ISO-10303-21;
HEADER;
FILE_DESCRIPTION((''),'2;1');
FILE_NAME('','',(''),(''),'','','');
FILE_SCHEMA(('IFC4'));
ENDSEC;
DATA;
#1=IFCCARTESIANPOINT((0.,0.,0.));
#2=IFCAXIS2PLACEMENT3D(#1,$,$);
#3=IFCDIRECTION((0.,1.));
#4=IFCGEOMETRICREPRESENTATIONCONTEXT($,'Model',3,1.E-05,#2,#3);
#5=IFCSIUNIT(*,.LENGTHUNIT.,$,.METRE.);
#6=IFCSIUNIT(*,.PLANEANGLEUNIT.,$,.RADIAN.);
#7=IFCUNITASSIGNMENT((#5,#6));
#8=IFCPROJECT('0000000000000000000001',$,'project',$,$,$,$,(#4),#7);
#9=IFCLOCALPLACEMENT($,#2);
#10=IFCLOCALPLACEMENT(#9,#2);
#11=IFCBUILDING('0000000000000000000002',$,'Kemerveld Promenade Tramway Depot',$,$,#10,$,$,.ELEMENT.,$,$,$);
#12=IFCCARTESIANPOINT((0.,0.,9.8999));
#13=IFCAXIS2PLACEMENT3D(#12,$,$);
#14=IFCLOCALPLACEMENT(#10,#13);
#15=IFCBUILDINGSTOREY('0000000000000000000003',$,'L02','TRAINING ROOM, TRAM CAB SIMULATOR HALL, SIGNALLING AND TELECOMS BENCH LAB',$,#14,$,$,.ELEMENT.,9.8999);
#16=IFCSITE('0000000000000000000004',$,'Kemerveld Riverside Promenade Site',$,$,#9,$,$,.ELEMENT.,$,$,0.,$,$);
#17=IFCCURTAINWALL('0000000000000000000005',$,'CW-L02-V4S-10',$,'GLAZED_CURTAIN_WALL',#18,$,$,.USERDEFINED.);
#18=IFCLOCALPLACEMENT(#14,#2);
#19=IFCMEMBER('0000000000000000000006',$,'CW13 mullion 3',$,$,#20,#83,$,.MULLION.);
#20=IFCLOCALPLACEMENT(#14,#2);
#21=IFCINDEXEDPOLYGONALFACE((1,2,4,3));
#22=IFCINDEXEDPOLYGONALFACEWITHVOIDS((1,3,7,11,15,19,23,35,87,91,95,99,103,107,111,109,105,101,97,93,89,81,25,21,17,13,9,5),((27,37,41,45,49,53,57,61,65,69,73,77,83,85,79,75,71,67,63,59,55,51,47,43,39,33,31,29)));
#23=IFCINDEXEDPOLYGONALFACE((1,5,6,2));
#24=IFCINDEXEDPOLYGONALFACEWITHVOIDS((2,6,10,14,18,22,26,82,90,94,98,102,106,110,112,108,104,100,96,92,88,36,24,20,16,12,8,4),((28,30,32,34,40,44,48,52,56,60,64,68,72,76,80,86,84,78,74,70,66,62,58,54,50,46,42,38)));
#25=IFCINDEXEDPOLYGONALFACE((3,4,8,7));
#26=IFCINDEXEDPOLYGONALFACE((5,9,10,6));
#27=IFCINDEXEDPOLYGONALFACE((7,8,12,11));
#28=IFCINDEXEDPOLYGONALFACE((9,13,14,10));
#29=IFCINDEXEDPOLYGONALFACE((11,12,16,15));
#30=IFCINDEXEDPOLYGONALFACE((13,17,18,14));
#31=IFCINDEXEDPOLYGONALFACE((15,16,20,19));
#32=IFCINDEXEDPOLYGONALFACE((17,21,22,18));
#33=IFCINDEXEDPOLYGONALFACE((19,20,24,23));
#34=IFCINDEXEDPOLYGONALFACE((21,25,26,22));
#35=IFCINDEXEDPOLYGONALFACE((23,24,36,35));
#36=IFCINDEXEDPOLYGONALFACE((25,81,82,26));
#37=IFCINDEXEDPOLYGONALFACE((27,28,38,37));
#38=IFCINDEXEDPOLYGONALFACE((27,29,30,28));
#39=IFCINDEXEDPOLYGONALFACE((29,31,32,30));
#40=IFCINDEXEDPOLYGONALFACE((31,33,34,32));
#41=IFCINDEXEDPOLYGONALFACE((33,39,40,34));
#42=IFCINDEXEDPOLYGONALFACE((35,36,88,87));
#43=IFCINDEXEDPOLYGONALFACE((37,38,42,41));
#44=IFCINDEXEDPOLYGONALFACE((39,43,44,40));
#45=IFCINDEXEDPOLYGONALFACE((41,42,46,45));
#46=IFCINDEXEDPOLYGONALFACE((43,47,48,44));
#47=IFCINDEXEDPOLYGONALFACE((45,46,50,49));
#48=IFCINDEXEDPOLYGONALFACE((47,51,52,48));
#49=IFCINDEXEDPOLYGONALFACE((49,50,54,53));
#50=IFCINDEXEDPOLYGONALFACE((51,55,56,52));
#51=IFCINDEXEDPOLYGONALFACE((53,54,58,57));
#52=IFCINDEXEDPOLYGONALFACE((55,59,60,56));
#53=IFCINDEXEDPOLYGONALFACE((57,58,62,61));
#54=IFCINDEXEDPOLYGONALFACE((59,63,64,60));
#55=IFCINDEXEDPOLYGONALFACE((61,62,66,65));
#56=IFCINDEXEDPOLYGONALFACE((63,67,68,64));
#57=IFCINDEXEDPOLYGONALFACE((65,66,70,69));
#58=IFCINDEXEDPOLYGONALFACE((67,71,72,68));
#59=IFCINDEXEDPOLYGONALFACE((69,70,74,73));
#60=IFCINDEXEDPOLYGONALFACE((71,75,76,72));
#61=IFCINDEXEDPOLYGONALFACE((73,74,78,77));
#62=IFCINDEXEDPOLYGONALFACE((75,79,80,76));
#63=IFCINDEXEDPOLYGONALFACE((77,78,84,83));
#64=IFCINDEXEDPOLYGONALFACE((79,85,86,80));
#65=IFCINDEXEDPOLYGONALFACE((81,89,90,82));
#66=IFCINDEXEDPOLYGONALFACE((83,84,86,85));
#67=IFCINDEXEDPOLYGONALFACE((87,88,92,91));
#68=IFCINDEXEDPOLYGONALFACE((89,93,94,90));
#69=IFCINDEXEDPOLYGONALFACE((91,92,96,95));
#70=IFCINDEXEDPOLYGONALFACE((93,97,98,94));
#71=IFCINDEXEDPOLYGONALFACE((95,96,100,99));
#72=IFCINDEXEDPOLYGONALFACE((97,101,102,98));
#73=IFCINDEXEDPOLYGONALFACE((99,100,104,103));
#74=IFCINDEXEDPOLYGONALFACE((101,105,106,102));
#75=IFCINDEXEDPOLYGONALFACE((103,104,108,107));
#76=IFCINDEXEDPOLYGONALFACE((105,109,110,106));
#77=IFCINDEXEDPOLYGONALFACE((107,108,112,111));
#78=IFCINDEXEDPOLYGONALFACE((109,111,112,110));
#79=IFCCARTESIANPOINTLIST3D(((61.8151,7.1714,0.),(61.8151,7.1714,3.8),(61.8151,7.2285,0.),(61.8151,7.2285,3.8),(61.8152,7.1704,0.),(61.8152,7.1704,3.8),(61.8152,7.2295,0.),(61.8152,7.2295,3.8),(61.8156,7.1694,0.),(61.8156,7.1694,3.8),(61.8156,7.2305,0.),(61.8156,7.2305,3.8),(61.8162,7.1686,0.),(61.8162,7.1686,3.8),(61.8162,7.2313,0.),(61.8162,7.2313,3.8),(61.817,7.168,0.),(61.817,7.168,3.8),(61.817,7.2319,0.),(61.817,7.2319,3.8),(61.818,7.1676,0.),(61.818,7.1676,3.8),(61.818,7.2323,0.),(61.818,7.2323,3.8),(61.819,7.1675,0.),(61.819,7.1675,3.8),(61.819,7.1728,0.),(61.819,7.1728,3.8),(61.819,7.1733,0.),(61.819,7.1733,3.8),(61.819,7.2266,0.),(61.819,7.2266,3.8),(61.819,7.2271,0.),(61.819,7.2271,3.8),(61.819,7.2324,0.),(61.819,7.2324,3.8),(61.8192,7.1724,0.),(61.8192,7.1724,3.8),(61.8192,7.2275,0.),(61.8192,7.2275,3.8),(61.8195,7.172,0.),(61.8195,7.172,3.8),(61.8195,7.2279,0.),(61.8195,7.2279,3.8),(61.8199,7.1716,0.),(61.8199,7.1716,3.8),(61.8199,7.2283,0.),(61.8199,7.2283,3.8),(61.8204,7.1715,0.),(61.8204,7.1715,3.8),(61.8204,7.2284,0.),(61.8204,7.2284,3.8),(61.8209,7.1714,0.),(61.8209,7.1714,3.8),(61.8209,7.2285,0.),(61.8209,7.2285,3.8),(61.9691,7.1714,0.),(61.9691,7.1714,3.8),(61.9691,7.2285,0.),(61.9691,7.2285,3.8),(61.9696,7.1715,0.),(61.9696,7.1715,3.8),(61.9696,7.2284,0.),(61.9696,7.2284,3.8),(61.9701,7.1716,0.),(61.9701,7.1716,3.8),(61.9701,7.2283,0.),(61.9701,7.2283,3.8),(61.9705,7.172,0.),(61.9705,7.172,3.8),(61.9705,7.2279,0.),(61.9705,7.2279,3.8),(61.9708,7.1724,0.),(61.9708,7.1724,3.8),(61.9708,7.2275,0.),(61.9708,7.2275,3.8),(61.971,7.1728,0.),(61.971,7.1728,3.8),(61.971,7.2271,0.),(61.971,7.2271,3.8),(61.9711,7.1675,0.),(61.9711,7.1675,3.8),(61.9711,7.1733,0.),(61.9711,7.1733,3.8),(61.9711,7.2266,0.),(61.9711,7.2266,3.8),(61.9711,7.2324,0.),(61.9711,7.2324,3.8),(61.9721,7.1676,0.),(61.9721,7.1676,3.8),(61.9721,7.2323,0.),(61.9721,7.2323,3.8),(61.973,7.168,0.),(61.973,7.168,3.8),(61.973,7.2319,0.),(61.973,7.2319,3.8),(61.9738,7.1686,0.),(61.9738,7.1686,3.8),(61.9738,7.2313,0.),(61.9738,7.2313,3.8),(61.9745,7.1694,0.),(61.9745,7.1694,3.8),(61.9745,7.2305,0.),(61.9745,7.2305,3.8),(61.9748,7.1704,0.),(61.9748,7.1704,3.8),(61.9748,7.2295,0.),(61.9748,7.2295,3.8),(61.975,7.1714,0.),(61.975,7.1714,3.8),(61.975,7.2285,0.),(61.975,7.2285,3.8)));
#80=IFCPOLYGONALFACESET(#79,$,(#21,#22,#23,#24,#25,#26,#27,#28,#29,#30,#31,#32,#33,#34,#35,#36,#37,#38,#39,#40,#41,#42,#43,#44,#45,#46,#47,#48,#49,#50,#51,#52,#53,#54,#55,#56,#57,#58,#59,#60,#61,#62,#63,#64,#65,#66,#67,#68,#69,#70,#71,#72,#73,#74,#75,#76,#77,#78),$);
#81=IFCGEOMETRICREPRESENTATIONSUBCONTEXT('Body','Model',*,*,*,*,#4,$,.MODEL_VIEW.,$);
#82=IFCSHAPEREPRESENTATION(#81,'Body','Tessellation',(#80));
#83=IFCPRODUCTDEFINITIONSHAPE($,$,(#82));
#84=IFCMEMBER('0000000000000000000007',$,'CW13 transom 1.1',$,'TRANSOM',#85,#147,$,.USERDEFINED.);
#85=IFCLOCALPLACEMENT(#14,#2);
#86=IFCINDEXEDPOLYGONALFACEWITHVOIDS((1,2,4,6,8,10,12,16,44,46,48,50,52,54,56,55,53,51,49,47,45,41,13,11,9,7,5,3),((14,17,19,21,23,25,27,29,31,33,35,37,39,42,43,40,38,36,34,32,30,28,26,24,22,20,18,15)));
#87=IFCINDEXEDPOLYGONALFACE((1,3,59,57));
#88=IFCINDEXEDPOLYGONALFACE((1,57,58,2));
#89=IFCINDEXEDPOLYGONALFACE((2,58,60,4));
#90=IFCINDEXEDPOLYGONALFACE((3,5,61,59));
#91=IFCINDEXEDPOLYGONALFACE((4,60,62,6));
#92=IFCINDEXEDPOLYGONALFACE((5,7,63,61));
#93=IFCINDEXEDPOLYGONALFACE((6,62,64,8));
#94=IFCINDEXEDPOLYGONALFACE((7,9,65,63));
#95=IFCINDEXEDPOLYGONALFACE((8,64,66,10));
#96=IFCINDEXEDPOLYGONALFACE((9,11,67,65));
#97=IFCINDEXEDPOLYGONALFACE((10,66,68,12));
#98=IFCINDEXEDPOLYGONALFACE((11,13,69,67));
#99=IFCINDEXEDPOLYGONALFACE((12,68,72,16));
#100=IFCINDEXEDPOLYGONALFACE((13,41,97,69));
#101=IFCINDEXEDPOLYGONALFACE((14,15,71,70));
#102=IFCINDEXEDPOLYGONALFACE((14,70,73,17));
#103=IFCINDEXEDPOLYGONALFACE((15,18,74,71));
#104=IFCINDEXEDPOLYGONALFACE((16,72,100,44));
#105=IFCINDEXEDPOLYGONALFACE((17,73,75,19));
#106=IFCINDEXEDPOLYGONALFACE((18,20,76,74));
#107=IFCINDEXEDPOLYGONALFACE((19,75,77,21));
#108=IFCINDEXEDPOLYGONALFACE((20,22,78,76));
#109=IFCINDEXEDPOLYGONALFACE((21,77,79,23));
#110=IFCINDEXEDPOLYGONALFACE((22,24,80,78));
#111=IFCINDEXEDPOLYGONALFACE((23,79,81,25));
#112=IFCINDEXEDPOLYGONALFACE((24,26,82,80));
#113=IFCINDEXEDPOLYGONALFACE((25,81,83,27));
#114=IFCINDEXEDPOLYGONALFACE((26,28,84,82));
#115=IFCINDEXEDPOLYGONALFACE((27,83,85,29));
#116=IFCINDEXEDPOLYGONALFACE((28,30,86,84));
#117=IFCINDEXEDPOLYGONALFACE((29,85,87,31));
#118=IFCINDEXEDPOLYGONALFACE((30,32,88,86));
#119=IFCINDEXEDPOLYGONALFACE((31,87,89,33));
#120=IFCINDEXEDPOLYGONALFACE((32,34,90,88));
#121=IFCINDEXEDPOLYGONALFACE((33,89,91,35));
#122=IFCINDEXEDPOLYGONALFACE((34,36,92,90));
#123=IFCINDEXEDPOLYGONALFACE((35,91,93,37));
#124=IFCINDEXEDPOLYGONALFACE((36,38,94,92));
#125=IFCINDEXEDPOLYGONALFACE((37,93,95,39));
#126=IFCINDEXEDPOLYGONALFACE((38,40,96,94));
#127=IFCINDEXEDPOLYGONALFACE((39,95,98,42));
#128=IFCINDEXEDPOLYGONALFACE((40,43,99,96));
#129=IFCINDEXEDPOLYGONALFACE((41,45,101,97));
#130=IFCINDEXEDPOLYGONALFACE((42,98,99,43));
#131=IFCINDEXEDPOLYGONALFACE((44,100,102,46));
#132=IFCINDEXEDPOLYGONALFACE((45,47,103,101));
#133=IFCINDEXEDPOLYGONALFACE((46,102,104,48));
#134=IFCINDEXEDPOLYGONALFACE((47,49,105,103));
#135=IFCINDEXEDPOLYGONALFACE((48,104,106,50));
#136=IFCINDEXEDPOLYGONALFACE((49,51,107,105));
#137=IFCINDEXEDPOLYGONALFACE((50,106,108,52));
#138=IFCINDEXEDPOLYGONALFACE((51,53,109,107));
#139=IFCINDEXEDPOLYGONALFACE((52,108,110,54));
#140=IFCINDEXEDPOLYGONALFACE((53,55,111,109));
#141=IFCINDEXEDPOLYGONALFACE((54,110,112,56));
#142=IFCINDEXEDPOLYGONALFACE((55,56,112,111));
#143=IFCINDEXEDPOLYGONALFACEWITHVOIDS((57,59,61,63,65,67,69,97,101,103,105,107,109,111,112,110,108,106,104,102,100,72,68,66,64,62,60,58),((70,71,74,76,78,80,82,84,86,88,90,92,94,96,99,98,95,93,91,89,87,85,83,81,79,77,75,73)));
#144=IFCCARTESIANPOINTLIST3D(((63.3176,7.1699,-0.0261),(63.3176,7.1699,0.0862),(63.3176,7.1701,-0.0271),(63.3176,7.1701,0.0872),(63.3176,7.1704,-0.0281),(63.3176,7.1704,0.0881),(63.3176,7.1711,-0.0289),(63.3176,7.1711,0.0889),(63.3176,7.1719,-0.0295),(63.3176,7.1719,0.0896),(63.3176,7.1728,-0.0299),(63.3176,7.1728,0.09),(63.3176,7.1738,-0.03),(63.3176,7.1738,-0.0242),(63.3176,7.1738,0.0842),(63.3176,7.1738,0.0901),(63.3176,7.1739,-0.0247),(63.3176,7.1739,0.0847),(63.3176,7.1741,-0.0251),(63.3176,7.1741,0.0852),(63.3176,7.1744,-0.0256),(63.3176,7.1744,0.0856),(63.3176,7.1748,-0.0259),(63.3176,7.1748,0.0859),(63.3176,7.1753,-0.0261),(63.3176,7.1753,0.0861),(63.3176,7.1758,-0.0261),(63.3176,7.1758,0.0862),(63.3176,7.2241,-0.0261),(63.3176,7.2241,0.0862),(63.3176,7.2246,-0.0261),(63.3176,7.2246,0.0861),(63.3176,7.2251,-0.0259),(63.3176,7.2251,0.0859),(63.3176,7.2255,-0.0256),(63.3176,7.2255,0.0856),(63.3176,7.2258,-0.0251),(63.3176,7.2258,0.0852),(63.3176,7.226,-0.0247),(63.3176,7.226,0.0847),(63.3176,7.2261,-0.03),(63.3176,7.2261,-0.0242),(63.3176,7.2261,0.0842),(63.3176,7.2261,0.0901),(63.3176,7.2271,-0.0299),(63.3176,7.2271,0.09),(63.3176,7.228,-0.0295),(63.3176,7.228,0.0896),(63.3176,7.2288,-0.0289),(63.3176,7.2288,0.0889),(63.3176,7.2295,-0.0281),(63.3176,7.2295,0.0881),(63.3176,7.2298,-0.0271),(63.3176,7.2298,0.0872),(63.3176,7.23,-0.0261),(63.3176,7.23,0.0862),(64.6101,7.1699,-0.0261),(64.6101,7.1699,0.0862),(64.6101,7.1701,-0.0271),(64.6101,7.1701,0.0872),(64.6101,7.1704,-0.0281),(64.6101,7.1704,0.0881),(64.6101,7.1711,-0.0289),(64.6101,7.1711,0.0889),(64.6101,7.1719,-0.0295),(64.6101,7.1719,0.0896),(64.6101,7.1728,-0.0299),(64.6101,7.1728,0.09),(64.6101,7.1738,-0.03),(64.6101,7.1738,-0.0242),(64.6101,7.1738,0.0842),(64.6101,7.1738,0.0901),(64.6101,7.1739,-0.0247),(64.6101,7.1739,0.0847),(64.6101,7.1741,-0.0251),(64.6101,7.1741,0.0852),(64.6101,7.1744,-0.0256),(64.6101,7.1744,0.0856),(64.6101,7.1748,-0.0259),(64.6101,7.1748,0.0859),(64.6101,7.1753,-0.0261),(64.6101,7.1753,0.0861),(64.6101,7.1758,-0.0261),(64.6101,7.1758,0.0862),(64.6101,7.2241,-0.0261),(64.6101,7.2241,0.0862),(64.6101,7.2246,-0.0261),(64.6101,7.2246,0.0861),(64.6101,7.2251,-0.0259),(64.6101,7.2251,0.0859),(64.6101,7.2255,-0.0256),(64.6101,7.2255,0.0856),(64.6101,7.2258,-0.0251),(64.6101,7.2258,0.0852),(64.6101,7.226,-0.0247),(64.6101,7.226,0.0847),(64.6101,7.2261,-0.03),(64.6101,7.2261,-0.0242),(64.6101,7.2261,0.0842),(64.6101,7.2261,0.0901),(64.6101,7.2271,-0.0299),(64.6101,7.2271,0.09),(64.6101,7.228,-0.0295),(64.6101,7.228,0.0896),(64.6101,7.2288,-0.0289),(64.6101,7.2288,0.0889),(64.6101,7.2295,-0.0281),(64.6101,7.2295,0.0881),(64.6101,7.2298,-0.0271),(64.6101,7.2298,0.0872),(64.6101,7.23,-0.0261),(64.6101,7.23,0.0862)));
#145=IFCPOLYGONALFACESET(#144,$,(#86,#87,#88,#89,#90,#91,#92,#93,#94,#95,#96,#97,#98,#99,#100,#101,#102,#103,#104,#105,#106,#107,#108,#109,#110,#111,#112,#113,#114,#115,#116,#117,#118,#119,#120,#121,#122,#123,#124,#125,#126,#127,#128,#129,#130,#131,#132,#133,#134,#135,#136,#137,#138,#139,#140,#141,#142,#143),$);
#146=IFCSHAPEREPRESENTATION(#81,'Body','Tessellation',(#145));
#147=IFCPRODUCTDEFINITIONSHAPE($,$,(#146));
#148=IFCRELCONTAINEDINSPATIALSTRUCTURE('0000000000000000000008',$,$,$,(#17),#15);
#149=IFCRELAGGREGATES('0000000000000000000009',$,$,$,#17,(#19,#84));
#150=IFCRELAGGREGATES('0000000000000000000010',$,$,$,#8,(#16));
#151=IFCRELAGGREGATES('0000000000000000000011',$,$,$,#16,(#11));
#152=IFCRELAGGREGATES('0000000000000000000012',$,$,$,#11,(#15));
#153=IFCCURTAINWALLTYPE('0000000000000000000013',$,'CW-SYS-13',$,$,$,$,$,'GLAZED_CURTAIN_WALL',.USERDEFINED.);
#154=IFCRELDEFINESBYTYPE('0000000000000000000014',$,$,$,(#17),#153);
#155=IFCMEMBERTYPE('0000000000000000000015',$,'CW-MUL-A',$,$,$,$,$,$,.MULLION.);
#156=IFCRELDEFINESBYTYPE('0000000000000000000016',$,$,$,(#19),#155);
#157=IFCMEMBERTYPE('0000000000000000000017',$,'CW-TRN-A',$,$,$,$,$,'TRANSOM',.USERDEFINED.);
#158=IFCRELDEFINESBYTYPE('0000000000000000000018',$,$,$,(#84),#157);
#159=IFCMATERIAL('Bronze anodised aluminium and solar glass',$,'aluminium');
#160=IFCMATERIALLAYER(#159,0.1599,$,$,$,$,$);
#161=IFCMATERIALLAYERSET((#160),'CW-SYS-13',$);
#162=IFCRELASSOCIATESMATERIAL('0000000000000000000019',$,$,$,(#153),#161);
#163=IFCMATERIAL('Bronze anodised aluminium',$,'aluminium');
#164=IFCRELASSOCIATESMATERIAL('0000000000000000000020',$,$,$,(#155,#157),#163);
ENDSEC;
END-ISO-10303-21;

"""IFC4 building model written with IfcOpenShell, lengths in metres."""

from ifc_helpers import new_model, si_unit, direction, frame, origin, origin_2d, place, context, subcontext, project, spatial, hollow_rectangle, extrude, material, layer, layer_set, material_profile, profile_set, type_object, element, aggregate, save


model = new_model("IFC4")

# Units and contexts
model_context = context("Model", 3, precision=1e-05, world=origin(), true_north=direction((0.0, 1.0)))
body_context = subcontext(model_context, "Body", "Model", "MODEL_VIEW")
ifc_project = project(units=[si_unit("LENGTHUNIT", "METRE"), si_unit("PLANEANGLEUNIT", "RADIAN")], contexts=[model_context])

# Site, building, storey
site_placement = place(None, origin())
site = spatial("IfcSite", under=ifc_project, at=site_placement, Name="Kemerveld Riverside Promenade Site", CompositionType="ELEMENT", RefElevation=0.0)
building_placement = place(site_placement, origin())
building = spatial("IfcBuilding", under=site, at=building_placement, Name="Kemerveld Promenade Tramway Depot", CompositionType="ELEMENT")
storey_placement = place(building_placement, frame((0.0, 0.0, 9.8999)))
storey = spatial("IfcBuildingStorey", under=building, at=storey_placement, Name="L02", Description="TRAINING ROOM, TRAM CAB SIMULATOR HALL, SIGNALLING AND TELECOMS BENCH LAB", CompositionType="ELEMENT", Elevation=9.8999)

# Curtain wall, members
ifc_material_1 = material(Name="Bronze anodised aluminium and solar glass", Category="aluminium")
ifc_layer_1 = layer(ifc_material_1, 0.1599)
ifc_layer_set_1 = layer_set([ifc_layer_1], Name="CW-SYS-13")
curtain_wall_type = type_object("IfcCurtainWallType", Name="CW-SYS-13", ElementType="GLAZED_CURTAIN_WALL", PredefinedType="USERDEFINED", material=ifc_layer_set_1)
curtain_wall_placement = place(storey_placement, origin())
curtain_wall = element("IfcCurtainWall", 1, at=curtain_wall_placement, inside=storey, type_object=curtain_wall_type, Name="CW-L02-V4S-10", ObjectType="GLAZED_CURTAIN_WALL", PredefinedType="USERDEFINED")
ifc_material_2 = material(Name="Bronze anodised aluminium", Category="aluminium")
ifc_material_profile_1 = material_profile(ifc_material_2, hollow_rectangle(XDim=0.0649, YDim=0.1599, WallThickness=0.0039, InnerFilletRadius=0.002, OuterFilletRadius=0.0039, at=origin_2d()), Name="CW-MUL-160x65")
ifc_profile_set_1 = profile_set([ifc_material_profile_1], Name="Bronze anodised aluminium")
member_type_1 = type_object("IfcMemberType", Name="CW-MUL-A", PredefinedType="MULLION", material=ifc_profile_set_1)
member_1_placement = place(storey_placement, frame((61.895, 7.2, 0.0), z_axis=(0.0, 0.0, 1.0), x_axis=(0.0, -1.0, 0.0)))
member_1 = element("IfcMember", 2, at=member_1_placement, type_object=member_type_1, Name="CW13 mullion 3", PredefinedType="MULLION", context=body_context, shape_type="SweptSolid", body=[
    extrude(hollow_rectangle(XDim=0.0649, YDim=0.1599, WallThickness=0.0039, InnerFilletRadius=0.002, OuterFilletRadius=0.0039, at=origin_2d()), origin(), (0.0, 0.0, 1.0), 3.8),
])
ifc_material_profile_2 = material_profile(ifc_material_2, hollow_rectangle(XDim=0.0601, YDim=0.1201, WallThickness=0.0039, InnerFilletRadius=0.002, OuterFilletRadius=0.0039, at=origin_2d()), Name="CW-TRN-120x60")
ifc_profile_set_2 = profile_set([ifc_material_profile_2], Name="Bronze anodised aluminium")
member_type_2 = type_object("IfcMemberType", Name="CW-TRN-A", ElementType="TRANSOM", PredefinedType="USERDEFINED", material=ifc_profile_set_2)
member_2_placement = place(storey_placement, frame((64.6101, 7.2, 0.03), z_axis=(-1.0, 0.0, 0.0), x_axis=(0.0, -1.0, 0.0)))
member_2 = element("IfcMember", 3, at=member_2_placement, type_object=member_type_2, Name="CW13 transom 1.1", ObjectType="TRANSOM", PredefinedType="USERDEFINED", context=body_context, shape_type="SweptSolid", body=[
    extrude(hollow_rectangle(XDim=0.0601, YDim=0.1201, WallThickness=0.0039, InnerFilletRadius=0.002, OuterFilletRadius=0.0039, at=origin_2d()), origin(), (0.0, 0.0, 1.0), 1.2925),
])

aggregate(curtain_wall, [member_1, member_2])

save(model, "model.ifc")
